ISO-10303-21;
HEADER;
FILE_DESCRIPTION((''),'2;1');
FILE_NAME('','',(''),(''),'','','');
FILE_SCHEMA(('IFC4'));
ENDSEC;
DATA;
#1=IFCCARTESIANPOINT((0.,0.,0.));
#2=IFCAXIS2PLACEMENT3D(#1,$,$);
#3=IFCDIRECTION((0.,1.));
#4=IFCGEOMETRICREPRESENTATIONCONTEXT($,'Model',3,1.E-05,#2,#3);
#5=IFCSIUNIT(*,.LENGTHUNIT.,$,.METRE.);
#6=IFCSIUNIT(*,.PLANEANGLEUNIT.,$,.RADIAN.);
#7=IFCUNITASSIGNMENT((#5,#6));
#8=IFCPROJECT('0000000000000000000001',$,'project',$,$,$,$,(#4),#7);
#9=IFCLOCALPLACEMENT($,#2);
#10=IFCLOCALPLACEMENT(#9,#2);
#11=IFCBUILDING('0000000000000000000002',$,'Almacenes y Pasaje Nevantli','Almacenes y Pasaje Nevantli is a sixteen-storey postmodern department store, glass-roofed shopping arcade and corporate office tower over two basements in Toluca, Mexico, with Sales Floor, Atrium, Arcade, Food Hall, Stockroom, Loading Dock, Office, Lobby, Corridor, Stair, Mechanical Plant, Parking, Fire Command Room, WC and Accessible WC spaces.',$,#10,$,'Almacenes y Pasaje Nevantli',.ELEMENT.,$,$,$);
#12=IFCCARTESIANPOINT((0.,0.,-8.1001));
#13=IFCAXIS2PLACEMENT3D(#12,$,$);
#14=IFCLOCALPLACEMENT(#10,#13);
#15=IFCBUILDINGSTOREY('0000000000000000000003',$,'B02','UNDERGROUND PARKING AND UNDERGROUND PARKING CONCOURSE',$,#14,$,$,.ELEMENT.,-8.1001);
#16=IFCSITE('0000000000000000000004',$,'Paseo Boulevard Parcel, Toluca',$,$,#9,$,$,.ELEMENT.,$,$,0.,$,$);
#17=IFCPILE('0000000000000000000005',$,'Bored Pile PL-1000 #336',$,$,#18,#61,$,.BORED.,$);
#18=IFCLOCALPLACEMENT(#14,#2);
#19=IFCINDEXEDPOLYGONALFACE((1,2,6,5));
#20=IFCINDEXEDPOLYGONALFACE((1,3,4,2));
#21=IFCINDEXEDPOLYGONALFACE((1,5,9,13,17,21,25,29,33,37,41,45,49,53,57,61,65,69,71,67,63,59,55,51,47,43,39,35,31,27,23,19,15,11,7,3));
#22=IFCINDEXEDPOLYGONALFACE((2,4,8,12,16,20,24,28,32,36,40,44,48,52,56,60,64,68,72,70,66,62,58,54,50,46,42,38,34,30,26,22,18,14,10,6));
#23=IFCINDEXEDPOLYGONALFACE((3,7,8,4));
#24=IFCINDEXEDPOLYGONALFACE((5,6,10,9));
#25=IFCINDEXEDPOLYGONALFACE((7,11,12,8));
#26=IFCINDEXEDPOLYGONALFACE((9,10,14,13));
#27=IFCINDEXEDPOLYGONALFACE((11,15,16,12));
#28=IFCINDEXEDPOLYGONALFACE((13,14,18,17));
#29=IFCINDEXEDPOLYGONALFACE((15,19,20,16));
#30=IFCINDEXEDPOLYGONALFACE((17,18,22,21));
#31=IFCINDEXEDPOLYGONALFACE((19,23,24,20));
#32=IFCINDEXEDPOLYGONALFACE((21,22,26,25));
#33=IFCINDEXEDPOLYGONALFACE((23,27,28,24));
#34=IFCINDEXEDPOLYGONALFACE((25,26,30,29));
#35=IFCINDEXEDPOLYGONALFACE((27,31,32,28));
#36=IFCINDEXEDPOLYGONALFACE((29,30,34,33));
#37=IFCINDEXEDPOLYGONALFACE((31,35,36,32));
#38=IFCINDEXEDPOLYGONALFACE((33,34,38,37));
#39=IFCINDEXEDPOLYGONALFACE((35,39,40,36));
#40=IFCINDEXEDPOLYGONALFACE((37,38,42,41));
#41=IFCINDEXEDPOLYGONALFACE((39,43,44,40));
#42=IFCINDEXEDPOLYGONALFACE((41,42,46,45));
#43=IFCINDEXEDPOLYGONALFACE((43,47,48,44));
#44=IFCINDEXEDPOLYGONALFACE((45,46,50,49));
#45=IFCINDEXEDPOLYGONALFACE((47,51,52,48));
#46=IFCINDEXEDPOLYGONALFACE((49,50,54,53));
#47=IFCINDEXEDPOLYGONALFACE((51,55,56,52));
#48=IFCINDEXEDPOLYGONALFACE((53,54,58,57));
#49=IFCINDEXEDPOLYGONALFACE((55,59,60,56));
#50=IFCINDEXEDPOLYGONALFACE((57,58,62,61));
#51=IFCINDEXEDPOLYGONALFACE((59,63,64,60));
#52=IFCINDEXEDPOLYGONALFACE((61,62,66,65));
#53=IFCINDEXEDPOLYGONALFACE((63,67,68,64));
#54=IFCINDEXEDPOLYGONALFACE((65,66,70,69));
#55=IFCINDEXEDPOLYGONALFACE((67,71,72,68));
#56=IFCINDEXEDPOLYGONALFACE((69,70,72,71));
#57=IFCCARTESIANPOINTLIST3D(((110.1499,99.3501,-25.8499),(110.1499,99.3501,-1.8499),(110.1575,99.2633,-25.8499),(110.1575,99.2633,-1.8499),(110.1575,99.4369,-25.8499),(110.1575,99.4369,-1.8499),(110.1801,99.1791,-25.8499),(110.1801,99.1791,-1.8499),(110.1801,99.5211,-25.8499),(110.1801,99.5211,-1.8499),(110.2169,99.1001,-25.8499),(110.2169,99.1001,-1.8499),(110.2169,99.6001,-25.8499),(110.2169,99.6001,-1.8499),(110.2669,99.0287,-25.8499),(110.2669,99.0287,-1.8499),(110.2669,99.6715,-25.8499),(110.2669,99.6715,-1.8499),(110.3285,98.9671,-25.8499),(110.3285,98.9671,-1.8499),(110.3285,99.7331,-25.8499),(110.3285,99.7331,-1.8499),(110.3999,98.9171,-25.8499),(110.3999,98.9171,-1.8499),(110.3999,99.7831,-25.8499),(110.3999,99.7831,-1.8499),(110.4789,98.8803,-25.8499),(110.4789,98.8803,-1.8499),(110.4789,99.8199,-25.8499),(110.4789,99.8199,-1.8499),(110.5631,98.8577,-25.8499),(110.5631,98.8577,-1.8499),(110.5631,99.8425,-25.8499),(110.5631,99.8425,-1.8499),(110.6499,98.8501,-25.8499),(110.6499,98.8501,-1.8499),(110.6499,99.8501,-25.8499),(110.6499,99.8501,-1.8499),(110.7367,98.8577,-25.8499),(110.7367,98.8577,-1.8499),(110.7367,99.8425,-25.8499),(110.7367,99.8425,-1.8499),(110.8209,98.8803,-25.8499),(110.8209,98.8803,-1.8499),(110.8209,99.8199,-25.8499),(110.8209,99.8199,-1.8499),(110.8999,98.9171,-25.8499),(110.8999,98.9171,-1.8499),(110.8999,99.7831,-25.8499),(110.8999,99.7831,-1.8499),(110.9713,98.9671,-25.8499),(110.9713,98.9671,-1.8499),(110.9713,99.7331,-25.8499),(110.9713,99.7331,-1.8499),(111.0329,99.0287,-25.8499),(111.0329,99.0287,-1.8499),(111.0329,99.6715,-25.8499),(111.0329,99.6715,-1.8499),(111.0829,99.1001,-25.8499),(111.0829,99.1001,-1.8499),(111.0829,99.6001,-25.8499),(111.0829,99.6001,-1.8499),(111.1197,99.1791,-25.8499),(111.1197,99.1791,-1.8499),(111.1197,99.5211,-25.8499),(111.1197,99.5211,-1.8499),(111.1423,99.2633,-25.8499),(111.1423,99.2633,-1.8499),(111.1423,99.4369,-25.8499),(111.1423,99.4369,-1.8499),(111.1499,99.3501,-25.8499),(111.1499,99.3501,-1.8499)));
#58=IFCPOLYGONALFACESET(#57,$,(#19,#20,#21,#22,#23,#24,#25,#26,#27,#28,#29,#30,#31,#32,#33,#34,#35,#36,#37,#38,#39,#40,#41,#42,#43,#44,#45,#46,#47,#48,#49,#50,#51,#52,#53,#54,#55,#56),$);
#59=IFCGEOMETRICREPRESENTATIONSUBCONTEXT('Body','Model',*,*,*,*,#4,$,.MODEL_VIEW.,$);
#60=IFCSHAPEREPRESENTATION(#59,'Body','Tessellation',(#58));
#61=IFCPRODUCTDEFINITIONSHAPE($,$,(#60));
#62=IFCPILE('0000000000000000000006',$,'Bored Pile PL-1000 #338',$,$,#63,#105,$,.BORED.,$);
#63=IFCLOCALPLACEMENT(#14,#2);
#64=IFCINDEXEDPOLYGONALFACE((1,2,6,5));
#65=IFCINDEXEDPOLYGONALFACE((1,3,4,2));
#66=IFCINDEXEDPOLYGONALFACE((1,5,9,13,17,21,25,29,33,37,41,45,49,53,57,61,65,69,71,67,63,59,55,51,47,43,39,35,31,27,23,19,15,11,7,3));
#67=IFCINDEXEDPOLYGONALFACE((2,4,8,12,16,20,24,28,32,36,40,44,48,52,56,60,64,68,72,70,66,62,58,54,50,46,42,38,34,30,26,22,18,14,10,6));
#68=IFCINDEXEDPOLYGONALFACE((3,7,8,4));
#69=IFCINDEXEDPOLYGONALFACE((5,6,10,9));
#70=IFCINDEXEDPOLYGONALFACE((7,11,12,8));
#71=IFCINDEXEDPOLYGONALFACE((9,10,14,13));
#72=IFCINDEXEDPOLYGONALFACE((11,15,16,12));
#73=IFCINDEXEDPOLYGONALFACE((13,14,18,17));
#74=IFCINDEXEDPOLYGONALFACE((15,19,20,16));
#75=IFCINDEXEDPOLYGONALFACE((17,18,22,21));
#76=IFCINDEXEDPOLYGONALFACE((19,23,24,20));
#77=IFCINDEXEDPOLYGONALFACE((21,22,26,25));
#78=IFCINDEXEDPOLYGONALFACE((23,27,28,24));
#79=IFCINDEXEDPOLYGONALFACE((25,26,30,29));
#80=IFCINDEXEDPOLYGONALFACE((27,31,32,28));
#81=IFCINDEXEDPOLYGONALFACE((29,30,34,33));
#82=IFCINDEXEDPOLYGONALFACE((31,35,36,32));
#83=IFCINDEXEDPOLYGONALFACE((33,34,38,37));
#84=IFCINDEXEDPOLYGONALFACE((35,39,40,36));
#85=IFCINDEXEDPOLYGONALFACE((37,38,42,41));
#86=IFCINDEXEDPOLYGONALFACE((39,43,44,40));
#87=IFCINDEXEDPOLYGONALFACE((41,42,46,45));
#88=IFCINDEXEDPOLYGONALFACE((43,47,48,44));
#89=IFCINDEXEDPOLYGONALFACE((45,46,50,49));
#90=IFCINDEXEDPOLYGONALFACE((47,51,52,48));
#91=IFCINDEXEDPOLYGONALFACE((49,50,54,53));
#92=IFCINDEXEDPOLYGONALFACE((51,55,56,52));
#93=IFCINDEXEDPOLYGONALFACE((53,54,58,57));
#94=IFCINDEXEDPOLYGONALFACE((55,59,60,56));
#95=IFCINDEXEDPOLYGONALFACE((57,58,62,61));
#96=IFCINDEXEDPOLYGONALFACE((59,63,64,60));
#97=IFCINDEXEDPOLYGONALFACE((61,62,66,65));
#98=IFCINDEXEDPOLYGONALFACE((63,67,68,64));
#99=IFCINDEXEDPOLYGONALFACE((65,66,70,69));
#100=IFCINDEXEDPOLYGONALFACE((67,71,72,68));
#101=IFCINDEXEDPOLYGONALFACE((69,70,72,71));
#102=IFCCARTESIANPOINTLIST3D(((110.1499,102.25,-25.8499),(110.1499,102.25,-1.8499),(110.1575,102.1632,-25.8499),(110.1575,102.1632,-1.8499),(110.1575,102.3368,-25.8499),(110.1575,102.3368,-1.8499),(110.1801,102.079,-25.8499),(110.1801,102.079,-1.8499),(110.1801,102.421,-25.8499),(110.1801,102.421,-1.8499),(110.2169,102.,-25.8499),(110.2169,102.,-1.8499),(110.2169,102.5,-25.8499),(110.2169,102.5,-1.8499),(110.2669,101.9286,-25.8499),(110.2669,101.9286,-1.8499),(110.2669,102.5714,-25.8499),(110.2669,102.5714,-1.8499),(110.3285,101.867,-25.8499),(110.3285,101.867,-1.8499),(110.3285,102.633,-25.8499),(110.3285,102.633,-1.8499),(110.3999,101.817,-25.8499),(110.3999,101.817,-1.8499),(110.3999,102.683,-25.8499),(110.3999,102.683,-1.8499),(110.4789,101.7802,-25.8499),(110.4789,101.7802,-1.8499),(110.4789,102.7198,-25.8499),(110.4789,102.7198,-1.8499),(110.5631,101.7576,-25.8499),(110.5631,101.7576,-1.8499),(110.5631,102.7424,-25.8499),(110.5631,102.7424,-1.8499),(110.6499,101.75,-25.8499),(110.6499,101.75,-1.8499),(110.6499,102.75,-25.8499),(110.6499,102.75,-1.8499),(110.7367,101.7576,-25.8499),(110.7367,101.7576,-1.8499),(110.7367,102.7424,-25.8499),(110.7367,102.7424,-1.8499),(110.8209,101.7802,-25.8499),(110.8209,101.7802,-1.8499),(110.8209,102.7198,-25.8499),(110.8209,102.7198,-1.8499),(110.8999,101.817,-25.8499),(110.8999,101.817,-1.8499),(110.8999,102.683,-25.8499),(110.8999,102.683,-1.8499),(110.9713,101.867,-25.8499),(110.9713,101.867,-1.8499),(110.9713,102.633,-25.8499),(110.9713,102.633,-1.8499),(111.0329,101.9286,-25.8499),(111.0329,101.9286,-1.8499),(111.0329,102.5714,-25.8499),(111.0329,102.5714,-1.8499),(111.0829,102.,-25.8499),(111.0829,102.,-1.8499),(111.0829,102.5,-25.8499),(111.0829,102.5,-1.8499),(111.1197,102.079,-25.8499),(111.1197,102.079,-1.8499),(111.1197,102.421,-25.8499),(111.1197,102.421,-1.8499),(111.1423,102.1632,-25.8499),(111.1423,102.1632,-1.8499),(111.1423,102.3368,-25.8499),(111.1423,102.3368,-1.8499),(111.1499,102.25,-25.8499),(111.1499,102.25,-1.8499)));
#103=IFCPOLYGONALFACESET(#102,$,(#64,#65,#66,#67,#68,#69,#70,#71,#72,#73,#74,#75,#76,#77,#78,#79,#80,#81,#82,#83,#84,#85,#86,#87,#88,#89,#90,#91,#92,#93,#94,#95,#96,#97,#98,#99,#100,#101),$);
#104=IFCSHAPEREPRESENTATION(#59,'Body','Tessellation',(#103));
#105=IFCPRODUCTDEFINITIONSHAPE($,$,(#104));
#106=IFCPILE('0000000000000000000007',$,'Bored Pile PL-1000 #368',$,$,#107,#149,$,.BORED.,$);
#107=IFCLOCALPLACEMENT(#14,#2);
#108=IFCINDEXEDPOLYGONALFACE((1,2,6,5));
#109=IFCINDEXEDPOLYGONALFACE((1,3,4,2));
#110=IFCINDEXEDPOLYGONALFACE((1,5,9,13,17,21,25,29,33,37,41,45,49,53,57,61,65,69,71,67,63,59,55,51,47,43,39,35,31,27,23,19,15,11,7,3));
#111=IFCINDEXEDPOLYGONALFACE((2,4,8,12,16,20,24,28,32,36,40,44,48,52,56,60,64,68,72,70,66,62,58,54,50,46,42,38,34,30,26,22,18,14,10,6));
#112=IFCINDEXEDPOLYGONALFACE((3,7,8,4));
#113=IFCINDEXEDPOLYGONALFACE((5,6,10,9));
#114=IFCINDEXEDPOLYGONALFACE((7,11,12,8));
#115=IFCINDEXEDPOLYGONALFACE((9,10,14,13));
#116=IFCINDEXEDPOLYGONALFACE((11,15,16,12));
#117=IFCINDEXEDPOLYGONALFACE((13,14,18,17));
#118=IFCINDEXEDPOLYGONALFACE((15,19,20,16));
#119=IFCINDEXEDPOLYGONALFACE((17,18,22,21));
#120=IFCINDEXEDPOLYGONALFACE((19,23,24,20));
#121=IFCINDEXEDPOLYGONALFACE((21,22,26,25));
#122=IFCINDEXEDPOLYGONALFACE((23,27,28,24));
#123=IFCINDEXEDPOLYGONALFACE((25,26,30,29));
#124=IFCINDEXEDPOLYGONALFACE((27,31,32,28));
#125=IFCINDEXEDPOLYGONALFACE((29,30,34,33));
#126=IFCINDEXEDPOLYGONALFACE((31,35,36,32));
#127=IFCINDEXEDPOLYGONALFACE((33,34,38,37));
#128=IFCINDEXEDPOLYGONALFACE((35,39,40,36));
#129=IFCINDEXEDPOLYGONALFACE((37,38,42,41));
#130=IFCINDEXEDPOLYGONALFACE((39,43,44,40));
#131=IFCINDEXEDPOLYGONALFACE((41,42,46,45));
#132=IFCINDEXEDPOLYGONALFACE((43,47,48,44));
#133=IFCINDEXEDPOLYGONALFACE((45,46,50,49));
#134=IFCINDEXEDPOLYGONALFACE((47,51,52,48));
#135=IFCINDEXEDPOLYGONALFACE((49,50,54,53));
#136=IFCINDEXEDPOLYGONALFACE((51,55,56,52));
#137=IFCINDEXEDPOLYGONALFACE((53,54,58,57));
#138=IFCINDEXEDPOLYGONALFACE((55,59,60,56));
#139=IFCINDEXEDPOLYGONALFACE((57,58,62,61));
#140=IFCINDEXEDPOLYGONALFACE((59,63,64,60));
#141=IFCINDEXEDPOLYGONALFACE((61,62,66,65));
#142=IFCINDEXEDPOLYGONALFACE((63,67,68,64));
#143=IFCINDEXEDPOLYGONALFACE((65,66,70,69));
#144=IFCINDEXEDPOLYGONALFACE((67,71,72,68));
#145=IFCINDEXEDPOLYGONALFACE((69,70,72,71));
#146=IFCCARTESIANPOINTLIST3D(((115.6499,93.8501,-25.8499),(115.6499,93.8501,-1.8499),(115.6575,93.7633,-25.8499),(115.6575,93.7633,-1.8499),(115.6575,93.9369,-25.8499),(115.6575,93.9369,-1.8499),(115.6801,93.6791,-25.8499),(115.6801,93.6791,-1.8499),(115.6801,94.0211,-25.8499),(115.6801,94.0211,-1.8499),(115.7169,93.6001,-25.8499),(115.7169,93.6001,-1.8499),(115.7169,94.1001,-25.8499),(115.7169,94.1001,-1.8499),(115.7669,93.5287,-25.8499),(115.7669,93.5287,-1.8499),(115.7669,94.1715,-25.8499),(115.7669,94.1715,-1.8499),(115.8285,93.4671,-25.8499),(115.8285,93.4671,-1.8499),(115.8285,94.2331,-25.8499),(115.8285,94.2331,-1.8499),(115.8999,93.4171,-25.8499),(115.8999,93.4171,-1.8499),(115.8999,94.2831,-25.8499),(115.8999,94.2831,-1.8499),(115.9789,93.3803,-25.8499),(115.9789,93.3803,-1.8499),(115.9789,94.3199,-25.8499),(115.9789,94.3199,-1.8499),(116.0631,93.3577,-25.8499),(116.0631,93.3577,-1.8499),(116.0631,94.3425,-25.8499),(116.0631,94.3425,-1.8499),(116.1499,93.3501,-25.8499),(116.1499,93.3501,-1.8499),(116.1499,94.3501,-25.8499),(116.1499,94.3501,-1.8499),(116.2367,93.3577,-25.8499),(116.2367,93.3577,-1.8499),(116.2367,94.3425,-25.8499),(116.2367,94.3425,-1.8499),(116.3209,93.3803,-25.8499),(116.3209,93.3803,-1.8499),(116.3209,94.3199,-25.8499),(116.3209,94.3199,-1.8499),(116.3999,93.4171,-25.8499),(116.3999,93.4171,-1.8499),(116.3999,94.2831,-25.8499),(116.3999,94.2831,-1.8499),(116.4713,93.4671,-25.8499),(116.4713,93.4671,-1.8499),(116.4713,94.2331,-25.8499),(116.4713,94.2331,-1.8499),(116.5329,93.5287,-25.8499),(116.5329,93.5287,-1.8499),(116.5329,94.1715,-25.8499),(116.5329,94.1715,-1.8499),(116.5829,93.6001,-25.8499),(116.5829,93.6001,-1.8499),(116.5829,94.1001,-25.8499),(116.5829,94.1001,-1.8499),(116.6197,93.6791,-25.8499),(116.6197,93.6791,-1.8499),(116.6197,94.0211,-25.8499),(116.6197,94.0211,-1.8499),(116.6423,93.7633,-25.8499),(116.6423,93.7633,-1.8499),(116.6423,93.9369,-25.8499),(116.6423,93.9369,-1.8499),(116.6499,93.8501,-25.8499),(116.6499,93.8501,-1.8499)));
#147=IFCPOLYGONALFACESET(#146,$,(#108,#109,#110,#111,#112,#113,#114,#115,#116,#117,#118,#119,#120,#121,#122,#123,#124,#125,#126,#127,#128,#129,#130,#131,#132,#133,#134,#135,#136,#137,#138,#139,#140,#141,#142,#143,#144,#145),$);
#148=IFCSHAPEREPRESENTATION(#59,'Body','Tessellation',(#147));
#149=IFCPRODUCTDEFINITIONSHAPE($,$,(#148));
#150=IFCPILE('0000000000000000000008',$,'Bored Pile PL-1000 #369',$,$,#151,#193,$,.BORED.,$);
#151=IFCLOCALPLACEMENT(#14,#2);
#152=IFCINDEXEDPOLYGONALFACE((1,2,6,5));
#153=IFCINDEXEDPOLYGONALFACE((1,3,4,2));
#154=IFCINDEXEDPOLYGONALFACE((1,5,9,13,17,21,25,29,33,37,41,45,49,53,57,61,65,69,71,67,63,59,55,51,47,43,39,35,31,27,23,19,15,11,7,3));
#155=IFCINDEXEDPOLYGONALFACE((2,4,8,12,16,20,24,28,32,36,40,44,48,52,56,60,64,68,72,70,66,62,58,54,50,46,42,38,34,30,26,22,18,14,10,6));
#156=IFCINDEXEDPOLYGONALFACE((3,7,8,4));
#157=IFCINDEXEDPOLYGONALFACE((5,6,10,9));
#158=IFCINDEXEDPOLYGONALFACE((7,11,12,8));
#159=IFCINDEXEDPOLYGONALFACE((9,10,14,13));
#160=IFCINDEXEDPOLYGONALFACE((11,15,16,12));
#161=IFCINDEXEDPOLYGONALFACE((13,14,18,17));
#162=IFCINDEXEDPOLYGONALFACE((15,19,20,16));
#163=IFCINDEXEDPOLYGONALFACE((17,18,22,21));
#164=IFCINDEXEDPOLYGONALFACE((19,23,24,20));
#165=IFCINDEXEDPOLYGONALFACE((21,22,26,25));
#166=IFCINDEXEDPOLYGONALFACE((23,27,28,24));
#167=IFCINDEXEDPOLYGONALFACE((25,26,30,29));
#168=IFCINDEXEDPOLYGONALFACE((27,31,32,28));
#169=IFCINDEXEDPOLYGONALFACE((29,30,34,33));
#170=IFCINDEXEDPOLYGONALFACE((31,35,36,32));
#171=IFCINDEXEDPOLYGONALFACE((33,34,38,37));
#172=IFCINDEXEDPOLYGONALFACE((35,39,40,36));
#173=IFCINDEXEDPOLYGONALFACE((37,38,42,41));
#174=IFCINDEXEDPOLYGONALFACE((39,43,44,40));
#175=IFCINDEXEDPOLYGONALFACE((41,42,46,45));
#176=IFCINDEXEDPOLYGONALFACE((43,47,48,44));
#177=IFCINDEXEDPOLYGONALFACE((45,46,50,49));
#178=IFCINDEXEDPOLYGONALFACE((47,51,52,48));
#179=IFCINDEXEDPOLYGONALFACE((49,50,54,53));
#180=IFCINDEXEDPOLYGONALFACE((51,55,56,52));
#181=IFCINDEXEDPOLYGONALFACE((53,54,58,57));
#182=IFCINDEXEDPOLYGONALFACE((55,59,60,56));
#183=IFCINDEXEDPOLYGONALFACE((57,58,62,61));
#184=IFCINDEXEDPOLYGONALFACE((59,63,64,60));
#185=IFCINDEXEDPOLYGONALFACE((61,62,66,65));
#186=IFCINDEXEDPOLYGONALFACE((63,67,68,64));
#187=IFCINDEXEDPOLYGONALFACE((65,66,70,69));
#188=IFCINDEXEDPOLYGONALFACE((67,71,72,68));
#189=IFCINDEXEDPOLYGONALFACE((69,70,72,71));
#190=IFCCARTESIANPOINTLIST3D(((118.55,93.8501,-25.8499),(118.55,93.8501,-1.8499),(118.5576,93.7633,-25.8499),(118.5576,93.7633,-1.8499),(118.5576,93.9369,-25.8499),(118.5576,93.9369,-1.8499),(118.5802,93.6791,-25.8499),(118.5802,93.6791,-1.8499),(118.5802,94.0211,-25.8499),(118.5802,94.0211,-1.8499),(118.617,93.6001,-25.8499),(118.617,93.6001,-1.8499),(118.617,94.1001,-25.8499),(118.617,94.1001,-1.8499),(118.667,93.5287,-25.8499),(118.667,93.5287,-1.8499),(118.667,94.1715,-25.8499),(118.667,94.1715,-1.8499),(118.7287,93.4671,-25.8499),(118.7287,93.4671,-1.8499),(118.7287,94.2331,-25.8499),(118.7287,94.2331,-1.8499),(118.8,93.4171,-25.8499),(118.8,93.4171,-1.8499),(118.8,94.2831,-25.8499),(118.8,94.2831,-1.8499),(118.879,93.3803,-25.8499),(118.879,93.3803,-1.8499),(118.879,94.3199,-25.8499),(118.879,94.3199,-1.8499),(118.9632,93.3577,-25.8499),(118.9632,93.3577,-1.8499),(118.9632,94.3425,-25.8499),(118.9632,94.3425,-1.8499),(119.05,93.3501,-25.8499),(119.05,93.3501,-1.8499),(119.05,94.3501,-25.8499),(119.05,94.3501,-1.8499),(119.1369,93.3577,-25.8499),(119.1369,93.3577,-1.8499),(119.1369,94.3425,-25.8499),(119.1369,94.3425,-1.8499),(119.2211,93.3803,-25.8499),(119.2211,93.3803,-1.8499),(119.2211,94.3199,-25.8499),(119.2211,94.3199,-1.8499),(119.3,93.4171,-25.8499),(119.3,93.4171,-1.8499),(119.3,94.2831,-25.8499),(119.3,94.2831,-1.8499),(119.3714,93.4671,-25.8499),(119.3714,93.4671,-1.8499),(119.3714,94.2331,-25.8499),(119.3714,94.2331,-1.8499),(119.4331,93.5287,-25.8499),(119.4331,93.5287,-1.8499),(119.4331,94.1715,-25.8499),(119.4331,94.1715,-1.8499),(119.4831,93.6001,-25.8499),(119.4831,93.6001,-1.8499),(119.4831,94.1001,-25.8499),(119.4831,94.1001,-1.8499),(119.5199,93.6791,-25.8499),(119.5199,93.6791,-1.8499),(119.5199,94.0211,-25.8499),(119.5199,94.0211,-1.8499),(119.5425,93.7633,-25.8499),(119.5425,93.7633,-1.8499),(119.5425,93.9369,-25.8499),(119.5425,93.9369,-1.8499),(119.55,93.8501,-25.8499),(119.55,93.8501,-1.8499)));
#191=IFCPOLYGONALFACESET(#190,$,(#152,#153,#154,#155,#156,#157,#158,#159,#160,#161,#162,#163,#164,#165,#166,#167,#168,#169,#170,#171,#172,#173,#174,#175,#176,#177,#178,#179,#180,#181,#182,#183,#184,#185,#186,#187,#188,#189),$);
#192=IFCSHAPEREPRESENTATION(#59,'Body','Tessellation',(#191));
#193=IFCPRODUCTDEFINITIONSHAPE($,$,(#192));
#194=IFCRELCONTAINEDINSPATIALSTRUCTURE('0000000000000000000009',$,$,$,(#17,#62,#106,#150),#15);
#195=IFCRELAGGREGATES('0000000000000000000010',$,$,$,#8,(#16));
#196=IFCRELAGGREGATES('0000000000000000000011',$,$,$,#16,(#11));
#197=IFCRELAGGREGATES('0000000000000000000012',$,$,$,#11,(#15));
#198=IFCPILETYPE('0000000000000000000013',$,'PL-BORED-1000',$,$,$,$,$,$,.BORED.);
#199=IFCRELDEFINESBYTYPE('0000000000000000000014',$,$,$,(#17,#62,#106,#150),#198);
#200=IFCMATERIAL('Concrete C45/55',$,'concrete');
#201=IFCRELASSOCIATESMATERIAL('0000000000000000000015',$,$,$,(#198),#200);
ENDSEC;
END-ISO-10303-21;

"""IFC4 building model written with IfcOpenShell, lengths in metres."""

from ifc_helpers import new_model, si_unit, direction, frame, origin, origin_2d, place, context, subcontext, project, spatial, circle, extrude, material, material_profile, profile_set, type_object, element, save


model = new_model("IFC4")

# Units and contexts
model_context = context("Model", 3, precision=1e-05, world=origin(), true_north=direction((0.0, 1.0)))
body_context = subcontext(model_context, "Body", "Model", "MODEL_VIEW")
ifc_project = project(units=[si_unit("LENGTHUNIT", "METRE"), si_unit("PLANEANGLEUNIT", "RADIAN")], contexts=[model_context])

# Site, building, storey
site_placement = place(None, origin())
site = spatial("IfcSite", under=ifc_project, at=site_placement, Name="Paseo Boulevard Parcel, Toluca", CompositionType="ELEMENT", RefElevation=0.0)
building_placement = place(site_placement, origin())
building = spatial("IfcBuilding", under=site, at=building_placement, Name="Almacenes y Pasaje Nevantli", Description="Almacenes y Pasaje Nevantli is a sixteen-storey postmodern department store, glass-roofed shopping arcade and corporate office tower over two basements in Toluca, Mexico, with Sales Floor, Atrium, Arcade, Food Hall, Stockroom, Loading Dock, Office, Lobby, Corridor, Stair, Mechanical Plant, Parking, Fire Command Room, WC and Accessible WC spaces.", LongName="Almacenes y Pasaje Nevantli", CompositionType="ELEMENT")
storey_placement = place(building_placement, frame((0.0, 0.0, -8.1001)))
storey = spatial("IfcBuildingStorey", under=building, at=storey_placement, Name="B02", Description="UNDERGROUND PARKING AND UNDERGROUND PARKING CONCOURSE", CompositionType="ELEMENT", Elevation=-8.1001)

# Piles
ifc_material_1 = material(Name="Concrete C45/55", Category="concrete")
ifc_material_profile_1 = material_profile(ifc_material_1, circle(Radius=0.5, at=origin_2d()), Name="RC-PILE-D1000")
ifc_profile_set_1 = profile_set([ifc_material_profile_1], Name="Concrete C45/55")
pile_type = type_object("IfcPileType", Name="PL-BORED-1000", PredefinedType="BORED", material=ifc_profile_set_1)
for number, where, z_axis, x_axis, name in (
    (1, (110.6499, 99.3501, -1.8499), (0.0, 0.0, -1.0), (1.0, 0.0, 0.0), "Bored Pile PL-1000 #336"),
    (2, (110.6499, 102.25, -1.8499), (0.0, 0.0, -1.0), (1.0, 0.0, 0.0), "Bored Pile PL-1000 #338"),
    (3, (116.1499, 93.8501, -1.8499), (0.0, 0.0, -1.0), (1.0, 0.0, 0.0), "Bored Pile PL-1000 #368"),
    (4, (119.05, 93.8501, -1.8499), (0.0, 0.0, -1.0), (1.0, 0.0, 0.0), "Bored Pile PL-1000 #369"),
):
    element("IfcPile", number, at=place(storey_placement, frame(where, z_axis=z_axis, x_axis=x_axis)), inside=storey, type_object=pile_type, Name=name, PredefinedType="BORED", context=body_context, shape_type="SweptSolid", body=[
        extrude(circle(Radius=0.5, at=origin_2d()), origin(), (0.0, 0.0, 1.0), 24.0),
    ])

save(model, "model.ifc")
